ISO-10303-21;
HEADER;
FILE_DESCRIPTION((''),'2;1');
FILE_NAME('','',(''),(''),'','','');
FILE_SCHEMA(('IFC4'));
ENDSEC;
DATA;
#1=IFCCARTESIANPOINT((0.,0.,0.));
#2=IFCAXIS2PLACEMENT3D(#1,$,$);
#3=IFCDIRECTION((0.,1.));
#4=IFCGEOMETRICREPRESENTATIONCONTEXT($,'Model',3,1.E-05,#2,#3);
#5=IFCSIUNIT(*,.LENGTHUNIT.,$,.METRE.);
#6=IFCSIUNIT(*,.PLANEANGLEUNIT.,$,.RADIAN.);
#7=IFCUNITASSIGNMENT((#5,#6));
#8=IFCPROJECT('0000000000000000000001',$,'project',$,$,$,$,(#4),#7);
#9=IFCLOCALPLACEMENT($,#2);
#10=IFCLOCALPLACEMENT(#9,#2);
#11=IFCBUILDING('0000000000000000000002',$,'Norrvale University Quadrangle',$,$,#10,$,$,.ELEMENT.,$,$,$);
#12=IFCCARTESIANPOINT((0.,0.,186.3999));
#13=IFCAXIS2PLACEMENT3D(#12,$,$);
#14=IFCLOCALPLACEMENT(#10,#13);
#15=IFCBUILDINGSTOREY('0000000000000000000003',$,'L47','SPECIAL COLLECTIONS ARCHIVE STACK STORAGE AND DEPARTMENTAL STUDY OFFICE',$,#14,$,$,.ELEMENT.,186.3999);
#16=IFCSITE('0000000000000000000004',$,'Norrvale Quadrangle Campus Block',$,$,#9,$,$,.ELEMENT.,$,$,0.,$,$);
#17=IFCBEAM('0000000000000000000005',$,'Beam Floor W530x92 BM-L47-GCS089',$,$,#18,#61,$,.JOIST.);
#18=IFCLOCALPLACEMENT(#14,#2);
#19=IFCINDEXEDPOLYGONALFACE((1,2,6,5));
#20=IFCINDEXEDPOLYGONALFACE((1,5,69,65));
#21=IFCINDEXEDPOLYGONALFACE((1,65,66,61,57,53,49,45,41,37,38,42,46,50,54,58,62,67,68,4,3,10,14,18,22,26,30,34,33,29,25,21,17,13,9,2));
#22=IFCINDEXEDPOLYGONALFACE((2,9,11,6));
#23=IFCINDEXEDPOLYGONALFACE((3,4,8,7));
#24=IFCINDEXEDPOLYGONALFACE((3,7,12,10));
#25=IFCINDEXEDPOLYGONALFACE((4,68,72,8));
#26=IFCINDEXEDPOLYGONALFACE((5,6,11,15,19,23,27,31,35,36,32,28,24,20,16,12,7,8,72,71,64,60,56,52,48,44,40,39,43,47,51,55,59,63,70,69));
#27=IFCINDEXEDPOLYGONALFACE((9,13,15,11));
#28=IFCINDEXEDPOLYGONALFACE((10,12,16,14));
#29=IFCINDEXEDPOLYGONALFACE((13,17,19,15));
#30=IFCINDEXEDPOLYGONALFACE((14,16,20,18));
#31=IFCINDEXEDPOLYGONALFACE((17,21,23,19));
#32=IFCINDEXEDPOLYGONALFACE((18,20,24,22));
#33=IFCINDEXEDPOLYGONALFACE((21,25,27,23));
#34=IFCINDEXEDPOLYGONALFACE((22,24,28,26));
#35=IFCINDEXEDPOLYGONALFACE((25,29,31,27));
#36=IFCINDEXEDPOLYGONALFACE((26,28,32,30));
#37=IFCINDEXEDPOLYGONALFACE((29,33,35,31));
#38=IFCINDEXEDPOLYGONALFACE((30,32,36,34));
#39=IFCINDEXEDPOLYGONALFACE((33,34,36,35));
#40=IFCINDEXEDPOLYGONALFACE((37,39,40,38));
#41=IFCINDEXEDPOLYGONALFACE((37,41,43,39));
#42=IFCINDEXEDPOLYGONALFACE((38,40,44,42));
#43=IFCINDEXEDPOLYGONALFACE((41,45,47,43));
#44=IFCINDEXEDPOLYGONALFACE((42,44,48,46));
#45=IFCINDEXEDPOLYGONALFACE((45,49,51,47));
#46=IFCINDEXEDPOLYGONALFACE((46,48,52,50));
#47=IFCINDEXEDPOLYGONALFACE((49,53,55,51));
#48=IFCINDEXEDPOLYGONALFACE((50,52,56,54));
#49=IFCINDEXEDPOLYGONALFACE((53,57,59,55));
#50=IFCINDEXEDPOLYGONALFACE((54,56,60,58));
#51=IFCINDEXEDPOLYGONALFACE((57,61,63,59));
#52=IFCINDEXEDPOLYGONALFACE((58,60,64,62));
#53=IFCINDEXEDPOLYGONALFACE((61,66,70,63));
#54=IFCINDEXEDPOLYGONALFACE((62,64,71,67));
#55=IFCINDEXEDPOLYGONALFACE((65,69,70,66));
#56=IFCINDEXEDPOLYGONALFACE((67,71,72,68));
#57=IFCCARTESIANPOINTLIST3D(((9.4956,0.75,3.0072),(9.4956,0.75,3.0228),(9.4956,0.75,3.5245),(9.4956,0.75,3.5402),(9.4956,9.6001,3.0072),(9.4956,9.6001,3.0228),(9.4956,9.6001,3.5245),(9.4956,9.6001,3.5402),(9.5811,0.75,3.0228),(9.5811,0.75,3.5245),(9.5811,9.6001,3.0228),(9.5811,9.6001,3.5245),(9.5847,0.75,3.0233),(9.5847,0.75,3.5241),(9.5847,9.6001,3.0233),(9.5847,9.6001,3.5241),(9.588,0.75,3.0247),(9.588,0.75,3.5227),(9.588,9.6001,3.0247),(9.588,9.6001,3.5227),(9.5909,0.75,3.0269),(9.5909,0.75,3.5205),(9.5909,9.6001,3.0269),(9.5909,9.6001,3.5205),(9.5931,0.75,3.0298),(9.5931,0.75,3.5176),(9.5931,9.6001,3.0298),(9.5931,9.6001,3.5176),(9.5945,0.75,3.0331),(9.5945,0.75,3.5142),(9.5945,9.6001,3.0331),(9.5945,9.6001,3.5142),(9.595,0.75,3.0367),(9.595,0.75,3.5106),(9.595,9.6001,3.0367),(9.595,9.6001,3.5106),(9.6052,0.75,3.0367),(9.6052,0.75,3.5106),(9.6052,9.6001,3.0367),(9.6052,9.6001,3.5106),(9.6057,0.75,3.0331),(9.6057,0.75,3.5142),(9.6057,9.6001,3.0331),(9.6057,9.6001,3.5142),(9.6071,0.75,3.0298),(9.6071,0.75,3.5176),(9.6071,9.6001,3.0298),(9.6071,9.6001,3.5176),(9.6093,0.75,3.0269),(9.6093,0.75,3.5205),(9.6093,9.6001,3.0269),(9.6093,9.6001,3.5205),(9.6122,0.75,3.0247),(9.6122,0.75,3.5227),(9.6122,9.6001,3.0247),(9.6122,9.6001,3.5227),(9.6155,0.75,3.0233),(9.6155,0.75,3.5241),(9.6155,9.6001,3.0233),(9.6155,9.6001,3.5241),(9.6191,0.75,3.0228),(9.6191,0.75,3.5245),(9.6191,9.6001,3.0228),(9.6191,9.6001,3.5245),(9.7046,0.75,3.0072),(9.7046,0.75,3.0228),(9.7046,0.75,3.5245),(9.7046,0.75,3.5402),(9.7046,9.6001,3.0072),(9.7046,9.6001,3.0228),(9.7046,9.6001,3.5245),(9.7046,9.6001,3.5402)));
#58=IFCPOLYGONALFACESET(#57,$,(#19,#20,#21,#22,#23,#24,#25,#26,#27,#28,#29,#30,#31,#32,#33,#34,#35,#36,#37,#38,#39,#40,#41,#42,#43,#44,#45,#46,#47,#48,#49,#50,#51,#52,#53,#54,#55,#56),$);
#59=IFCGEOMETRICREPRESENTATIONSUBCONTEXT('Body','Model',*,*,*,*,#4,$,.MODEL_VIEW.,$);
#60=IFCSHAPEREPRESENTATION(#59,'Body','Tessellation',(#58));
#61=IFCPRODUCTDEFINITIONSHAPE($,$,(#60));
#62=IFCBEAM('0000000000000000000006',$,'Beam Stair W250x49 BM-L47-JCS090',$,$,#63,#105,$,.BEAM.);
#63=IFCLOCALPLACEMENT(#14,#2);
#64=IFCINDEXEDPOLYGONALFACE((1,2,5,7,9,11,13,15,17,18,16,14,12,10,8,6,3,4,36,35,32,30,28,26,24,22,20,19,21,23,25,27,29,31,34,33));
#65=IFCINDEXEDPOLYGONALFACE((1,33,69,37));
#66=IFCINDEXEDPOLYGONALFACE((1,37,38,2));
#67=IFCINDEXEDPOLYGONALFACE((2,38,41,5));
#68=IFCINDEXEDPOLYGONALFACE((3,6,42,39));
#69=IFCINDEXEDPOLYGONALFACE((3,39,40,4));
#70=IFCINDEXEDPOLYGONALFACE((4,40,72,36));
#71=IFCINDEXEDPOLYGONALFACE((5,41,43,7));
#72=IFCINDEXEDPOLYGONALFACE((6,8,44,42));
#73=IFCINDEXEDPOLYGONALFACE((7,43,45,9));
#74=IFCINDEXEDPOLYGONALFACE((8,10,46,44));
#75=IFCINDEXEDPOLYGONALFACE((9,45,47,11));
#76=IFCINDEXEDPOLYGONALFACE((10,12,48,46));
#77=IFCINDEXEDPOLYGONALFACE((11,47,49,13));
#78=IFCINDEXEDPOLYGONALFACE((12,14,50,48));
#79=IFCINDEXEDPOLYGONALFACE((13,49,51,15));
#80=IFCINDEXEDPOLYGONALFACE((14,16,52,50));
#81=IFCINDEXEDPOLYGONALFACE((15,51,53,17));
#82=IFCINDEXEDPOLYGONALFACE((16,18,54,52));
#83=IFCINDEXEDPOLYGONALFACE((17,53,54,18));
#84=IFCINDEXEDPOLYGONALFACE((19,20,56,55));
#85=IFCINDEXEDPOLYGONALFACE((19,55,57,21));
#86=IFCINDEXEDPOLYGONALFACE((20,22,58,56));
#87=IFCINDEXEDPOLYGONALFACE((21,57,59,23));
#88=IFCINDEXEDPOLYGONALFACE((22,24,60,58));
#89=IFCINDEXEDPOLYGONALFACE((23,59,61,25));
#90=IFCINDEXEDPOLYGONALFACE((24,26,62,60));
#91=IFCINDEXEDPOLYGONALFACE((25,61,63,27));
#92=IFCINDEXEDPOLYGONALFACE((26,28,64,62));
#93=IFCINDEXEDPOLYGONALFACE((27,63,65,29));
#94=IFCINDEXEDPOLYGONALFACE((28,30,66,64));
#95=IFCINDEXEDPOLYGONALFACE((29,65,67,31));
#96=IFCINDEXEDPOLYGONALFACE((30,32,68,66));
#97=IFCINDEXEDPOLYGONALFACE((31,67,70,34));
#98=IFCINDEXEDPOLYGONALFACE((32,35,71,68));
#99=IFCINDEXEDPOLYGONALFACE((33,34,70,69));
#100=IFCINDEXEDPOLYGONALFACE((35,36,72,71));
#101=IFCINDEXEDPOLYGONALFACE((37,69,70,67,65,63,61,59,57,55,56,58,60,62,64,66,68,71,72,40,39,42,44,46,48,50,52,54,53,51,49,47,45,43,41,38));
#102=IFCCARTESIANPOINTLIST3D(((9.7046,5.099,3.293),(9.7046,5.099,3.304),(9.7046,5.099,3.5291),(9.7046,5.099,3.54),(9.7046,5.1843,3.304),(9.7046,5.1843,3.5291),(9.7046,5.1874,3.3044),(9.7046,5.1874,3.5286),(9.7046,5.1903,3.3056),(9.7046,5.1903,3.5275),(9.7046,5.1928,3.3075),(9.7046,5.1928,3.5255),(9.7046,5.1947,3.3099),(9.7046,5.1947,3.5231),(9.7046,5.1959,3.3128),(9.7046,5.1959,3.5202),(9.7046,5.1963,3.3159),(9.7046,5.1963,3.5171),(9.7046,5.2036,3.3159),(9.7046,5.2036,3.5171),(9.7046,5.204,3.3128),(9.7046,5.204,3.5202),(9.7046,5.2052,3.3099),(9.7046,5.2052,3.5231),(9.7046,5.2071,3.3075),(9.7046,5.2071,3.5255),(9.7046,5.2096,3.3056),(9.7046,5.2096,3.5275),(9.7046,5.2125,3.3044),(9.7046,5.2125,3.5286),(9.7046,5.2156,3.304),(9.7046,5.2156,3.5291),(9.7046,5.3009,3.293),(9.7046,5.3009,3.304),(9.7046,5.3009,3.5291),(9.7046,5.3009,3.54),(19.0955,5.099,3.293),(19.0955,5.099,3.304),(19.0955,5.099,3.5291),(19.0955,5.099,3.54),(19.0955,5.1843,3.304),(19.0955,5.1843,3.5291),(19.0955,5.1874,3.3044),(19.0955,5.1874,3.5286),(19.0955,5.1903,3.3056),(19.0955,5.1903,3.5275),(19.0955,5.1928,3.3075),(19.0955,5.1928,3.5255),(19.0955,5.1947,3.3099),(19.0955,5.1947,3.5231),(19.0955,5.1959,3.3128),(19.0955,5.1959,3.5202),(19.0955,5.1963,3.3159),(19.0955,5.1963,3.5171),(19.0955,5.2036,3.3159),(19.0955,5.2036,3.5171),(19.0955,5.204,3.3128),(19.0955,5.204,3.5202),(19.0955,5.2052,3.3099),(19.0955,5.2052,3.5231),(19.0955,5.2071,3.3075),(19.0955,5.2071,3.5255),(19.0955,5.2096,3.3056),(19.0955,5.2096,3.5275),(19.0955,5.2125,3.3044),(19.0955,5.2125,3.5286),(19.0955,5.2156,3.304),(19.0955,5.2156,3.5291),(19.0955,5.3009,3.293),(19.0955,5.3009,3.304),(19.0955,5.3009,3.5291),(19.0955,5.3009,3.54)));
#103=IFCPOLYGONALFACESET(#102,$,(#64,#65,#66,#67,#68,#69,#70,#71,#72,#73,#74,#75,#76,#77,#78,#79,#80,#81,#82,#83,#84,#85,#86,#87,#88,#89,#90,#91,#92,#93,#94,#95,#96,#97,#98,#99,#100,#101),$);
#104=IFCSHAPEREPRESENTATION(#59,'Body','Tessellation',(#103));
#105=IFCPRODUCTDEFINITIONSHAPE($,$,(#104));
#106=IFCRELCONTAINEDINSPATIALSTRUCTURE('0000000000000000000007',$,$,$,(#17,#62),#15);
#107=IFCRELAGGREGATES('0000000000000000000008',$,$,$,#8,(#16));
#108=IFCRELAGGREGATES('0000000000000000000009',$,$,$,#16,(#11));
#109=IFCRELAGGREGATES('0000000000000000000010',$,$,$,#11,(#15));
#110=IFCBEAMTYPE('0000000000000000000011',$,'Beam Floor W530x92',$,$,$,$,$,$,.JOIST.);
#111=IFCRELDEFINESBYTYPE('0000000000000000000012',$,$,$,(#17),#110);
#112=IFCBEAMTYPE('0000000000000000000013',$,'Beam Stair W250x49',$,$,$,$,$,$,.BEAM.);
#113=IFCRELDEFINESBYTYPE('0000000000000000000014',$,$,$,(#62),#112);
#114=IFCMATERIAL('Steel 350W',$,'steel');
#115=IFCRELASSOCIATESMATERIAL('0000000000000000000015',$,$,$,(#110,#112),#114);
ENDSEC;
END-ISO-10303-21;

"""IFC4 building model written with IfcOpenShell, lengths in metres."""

from ifc_helpers import new_model, si_unit, direction, frame, origin, origin_2d, place, context, subcontext, project, spatial, i_section, extrude, material, material_profile, profile_set, type_object, element, save


model = new_model("IFC4")

# Units and contexts
model_context = context("Model", 3, precision=1e-05, world=origin(), true_north=direction((0.0, 1.0)))
body_context = subcontext(model_context, "Body", "Model", "MODEL_VIEW")
ifc_project = project(units=[si_unit("LENGTHUNIT", "METRE"), si_unit("PLANEANGLEUNIT", "RADIAN")], contexts=[model_context])

# Site, building, storey
site_placement = place(None, origin())
site = spatial("IfcSite", under=ifc_project, at=site_placement, Name="Norrvale Quadrangle Campus Block", CompositionType="ELEMENT", RefElevation=0.0)
building_placement = place(site_placement, origin())
building = spatial("IfcBuilding", under=site, at=building_placement, Name="Norrvale University Quadrangle", CompositionType="ELEMENT")
storey_placement = place(building_placement, frame((0.0, 0.0, 186.3999)))
storey = spatial("IfcBuildingStorey", under=building, at=storey_placement, Name="L47", Description="SPECIAL COLLECTIONS ARCHIVE STACK STORAGE AND DEPARTMENTAL STUDY OFFICE", CompositionType="ELEMENT", Elevation=186.3999)

# Beams
ifc_material_1 = material(Name="Steel 350W", Category="steel")
ifc_material_profile_1 = material_profile(ifc_material_1, i_section(OverallWidth=0.209, OverallDepth=0.533, WebThickness=0.0103, FlangeThickness=0.0156, FilletRadius=0.0139, at=origin_2d()), Name="Steel 350W")
ifc_profile_set_1 = profile_set([ifc_material_profile_1], Name="Steel 350W")
beam_type_1 = type_object("IfcBeamType", Name="Beam Floor W530x92", PredefinedType="JOIST", material=ifc_profile_set_1)
beam_1_placement = place(storey_placement, frame((9.6001, 0.75, 3.2737), z_axis=(0.0, 1.0, 0.0), x_axis=(-1.0, 0.0, 0.0)))
element("IfcBeam", 1, at=beam_1_placement, inside=storey, type_object=beam_type_1, Name="Beam Floor W530x92 BM-L47-GCS089", PredefinedType="JOIST", context=body_context, shape_type="SweptSolid", body=[
    extrude(i_section(OverallWidth=0.209, OverallDepth=0.533, WebThickness=0.0103, FlangeThickness=0.0156, FilletRadius=0.0139, at=origin_2d()), origin(), (0.0, 0.0, 1.0), 8.8501),
])
ifc_material_profile_2 = material_profile(ifc_material_1, i_section(OverallWidth=0.2019, OverallDepth=0.2471, WebThickness=0.0073, FlangeThickness=0.011, FilletRadius=0.012, at=origin_2d()), Name="Steel 350W")
ifc_profile_set_2 = profile_set([ifc_material_profile_2], Name="Steel 350W")
beam_type_2 = type_object("IfcBeamType", Name="Beam Stair W250x49", PredefinedType="BEAM", material=ifc_profile_set_2)
beam_2_placement = place(storey_placement, frame((9.7046, 5.2, 3.4165), z_axis=(1.0, 0.0, 0.0), x_axis=(0.0, 1.0, 0.0)))
element("IfcBeam", 2, at=beam_2_placement, inside=storey, type_object=beam_type_2, Name="Beam Stair W250x49 BM-L47-JCS090", PredefinedType="BEAM", context=body_context, shape_type="SweptSolid", body=[
    extrude(i_section(OverallWidth=0.2019, OverallDepth=0.2471, WebThickness=0.0073, FlangeThickness=0.011, FilletRadius=0.012, at=origin_2d()), origin(), (0.0, 0.0, 1.0), 9.3909),
])

save(model, "model.ifc")
